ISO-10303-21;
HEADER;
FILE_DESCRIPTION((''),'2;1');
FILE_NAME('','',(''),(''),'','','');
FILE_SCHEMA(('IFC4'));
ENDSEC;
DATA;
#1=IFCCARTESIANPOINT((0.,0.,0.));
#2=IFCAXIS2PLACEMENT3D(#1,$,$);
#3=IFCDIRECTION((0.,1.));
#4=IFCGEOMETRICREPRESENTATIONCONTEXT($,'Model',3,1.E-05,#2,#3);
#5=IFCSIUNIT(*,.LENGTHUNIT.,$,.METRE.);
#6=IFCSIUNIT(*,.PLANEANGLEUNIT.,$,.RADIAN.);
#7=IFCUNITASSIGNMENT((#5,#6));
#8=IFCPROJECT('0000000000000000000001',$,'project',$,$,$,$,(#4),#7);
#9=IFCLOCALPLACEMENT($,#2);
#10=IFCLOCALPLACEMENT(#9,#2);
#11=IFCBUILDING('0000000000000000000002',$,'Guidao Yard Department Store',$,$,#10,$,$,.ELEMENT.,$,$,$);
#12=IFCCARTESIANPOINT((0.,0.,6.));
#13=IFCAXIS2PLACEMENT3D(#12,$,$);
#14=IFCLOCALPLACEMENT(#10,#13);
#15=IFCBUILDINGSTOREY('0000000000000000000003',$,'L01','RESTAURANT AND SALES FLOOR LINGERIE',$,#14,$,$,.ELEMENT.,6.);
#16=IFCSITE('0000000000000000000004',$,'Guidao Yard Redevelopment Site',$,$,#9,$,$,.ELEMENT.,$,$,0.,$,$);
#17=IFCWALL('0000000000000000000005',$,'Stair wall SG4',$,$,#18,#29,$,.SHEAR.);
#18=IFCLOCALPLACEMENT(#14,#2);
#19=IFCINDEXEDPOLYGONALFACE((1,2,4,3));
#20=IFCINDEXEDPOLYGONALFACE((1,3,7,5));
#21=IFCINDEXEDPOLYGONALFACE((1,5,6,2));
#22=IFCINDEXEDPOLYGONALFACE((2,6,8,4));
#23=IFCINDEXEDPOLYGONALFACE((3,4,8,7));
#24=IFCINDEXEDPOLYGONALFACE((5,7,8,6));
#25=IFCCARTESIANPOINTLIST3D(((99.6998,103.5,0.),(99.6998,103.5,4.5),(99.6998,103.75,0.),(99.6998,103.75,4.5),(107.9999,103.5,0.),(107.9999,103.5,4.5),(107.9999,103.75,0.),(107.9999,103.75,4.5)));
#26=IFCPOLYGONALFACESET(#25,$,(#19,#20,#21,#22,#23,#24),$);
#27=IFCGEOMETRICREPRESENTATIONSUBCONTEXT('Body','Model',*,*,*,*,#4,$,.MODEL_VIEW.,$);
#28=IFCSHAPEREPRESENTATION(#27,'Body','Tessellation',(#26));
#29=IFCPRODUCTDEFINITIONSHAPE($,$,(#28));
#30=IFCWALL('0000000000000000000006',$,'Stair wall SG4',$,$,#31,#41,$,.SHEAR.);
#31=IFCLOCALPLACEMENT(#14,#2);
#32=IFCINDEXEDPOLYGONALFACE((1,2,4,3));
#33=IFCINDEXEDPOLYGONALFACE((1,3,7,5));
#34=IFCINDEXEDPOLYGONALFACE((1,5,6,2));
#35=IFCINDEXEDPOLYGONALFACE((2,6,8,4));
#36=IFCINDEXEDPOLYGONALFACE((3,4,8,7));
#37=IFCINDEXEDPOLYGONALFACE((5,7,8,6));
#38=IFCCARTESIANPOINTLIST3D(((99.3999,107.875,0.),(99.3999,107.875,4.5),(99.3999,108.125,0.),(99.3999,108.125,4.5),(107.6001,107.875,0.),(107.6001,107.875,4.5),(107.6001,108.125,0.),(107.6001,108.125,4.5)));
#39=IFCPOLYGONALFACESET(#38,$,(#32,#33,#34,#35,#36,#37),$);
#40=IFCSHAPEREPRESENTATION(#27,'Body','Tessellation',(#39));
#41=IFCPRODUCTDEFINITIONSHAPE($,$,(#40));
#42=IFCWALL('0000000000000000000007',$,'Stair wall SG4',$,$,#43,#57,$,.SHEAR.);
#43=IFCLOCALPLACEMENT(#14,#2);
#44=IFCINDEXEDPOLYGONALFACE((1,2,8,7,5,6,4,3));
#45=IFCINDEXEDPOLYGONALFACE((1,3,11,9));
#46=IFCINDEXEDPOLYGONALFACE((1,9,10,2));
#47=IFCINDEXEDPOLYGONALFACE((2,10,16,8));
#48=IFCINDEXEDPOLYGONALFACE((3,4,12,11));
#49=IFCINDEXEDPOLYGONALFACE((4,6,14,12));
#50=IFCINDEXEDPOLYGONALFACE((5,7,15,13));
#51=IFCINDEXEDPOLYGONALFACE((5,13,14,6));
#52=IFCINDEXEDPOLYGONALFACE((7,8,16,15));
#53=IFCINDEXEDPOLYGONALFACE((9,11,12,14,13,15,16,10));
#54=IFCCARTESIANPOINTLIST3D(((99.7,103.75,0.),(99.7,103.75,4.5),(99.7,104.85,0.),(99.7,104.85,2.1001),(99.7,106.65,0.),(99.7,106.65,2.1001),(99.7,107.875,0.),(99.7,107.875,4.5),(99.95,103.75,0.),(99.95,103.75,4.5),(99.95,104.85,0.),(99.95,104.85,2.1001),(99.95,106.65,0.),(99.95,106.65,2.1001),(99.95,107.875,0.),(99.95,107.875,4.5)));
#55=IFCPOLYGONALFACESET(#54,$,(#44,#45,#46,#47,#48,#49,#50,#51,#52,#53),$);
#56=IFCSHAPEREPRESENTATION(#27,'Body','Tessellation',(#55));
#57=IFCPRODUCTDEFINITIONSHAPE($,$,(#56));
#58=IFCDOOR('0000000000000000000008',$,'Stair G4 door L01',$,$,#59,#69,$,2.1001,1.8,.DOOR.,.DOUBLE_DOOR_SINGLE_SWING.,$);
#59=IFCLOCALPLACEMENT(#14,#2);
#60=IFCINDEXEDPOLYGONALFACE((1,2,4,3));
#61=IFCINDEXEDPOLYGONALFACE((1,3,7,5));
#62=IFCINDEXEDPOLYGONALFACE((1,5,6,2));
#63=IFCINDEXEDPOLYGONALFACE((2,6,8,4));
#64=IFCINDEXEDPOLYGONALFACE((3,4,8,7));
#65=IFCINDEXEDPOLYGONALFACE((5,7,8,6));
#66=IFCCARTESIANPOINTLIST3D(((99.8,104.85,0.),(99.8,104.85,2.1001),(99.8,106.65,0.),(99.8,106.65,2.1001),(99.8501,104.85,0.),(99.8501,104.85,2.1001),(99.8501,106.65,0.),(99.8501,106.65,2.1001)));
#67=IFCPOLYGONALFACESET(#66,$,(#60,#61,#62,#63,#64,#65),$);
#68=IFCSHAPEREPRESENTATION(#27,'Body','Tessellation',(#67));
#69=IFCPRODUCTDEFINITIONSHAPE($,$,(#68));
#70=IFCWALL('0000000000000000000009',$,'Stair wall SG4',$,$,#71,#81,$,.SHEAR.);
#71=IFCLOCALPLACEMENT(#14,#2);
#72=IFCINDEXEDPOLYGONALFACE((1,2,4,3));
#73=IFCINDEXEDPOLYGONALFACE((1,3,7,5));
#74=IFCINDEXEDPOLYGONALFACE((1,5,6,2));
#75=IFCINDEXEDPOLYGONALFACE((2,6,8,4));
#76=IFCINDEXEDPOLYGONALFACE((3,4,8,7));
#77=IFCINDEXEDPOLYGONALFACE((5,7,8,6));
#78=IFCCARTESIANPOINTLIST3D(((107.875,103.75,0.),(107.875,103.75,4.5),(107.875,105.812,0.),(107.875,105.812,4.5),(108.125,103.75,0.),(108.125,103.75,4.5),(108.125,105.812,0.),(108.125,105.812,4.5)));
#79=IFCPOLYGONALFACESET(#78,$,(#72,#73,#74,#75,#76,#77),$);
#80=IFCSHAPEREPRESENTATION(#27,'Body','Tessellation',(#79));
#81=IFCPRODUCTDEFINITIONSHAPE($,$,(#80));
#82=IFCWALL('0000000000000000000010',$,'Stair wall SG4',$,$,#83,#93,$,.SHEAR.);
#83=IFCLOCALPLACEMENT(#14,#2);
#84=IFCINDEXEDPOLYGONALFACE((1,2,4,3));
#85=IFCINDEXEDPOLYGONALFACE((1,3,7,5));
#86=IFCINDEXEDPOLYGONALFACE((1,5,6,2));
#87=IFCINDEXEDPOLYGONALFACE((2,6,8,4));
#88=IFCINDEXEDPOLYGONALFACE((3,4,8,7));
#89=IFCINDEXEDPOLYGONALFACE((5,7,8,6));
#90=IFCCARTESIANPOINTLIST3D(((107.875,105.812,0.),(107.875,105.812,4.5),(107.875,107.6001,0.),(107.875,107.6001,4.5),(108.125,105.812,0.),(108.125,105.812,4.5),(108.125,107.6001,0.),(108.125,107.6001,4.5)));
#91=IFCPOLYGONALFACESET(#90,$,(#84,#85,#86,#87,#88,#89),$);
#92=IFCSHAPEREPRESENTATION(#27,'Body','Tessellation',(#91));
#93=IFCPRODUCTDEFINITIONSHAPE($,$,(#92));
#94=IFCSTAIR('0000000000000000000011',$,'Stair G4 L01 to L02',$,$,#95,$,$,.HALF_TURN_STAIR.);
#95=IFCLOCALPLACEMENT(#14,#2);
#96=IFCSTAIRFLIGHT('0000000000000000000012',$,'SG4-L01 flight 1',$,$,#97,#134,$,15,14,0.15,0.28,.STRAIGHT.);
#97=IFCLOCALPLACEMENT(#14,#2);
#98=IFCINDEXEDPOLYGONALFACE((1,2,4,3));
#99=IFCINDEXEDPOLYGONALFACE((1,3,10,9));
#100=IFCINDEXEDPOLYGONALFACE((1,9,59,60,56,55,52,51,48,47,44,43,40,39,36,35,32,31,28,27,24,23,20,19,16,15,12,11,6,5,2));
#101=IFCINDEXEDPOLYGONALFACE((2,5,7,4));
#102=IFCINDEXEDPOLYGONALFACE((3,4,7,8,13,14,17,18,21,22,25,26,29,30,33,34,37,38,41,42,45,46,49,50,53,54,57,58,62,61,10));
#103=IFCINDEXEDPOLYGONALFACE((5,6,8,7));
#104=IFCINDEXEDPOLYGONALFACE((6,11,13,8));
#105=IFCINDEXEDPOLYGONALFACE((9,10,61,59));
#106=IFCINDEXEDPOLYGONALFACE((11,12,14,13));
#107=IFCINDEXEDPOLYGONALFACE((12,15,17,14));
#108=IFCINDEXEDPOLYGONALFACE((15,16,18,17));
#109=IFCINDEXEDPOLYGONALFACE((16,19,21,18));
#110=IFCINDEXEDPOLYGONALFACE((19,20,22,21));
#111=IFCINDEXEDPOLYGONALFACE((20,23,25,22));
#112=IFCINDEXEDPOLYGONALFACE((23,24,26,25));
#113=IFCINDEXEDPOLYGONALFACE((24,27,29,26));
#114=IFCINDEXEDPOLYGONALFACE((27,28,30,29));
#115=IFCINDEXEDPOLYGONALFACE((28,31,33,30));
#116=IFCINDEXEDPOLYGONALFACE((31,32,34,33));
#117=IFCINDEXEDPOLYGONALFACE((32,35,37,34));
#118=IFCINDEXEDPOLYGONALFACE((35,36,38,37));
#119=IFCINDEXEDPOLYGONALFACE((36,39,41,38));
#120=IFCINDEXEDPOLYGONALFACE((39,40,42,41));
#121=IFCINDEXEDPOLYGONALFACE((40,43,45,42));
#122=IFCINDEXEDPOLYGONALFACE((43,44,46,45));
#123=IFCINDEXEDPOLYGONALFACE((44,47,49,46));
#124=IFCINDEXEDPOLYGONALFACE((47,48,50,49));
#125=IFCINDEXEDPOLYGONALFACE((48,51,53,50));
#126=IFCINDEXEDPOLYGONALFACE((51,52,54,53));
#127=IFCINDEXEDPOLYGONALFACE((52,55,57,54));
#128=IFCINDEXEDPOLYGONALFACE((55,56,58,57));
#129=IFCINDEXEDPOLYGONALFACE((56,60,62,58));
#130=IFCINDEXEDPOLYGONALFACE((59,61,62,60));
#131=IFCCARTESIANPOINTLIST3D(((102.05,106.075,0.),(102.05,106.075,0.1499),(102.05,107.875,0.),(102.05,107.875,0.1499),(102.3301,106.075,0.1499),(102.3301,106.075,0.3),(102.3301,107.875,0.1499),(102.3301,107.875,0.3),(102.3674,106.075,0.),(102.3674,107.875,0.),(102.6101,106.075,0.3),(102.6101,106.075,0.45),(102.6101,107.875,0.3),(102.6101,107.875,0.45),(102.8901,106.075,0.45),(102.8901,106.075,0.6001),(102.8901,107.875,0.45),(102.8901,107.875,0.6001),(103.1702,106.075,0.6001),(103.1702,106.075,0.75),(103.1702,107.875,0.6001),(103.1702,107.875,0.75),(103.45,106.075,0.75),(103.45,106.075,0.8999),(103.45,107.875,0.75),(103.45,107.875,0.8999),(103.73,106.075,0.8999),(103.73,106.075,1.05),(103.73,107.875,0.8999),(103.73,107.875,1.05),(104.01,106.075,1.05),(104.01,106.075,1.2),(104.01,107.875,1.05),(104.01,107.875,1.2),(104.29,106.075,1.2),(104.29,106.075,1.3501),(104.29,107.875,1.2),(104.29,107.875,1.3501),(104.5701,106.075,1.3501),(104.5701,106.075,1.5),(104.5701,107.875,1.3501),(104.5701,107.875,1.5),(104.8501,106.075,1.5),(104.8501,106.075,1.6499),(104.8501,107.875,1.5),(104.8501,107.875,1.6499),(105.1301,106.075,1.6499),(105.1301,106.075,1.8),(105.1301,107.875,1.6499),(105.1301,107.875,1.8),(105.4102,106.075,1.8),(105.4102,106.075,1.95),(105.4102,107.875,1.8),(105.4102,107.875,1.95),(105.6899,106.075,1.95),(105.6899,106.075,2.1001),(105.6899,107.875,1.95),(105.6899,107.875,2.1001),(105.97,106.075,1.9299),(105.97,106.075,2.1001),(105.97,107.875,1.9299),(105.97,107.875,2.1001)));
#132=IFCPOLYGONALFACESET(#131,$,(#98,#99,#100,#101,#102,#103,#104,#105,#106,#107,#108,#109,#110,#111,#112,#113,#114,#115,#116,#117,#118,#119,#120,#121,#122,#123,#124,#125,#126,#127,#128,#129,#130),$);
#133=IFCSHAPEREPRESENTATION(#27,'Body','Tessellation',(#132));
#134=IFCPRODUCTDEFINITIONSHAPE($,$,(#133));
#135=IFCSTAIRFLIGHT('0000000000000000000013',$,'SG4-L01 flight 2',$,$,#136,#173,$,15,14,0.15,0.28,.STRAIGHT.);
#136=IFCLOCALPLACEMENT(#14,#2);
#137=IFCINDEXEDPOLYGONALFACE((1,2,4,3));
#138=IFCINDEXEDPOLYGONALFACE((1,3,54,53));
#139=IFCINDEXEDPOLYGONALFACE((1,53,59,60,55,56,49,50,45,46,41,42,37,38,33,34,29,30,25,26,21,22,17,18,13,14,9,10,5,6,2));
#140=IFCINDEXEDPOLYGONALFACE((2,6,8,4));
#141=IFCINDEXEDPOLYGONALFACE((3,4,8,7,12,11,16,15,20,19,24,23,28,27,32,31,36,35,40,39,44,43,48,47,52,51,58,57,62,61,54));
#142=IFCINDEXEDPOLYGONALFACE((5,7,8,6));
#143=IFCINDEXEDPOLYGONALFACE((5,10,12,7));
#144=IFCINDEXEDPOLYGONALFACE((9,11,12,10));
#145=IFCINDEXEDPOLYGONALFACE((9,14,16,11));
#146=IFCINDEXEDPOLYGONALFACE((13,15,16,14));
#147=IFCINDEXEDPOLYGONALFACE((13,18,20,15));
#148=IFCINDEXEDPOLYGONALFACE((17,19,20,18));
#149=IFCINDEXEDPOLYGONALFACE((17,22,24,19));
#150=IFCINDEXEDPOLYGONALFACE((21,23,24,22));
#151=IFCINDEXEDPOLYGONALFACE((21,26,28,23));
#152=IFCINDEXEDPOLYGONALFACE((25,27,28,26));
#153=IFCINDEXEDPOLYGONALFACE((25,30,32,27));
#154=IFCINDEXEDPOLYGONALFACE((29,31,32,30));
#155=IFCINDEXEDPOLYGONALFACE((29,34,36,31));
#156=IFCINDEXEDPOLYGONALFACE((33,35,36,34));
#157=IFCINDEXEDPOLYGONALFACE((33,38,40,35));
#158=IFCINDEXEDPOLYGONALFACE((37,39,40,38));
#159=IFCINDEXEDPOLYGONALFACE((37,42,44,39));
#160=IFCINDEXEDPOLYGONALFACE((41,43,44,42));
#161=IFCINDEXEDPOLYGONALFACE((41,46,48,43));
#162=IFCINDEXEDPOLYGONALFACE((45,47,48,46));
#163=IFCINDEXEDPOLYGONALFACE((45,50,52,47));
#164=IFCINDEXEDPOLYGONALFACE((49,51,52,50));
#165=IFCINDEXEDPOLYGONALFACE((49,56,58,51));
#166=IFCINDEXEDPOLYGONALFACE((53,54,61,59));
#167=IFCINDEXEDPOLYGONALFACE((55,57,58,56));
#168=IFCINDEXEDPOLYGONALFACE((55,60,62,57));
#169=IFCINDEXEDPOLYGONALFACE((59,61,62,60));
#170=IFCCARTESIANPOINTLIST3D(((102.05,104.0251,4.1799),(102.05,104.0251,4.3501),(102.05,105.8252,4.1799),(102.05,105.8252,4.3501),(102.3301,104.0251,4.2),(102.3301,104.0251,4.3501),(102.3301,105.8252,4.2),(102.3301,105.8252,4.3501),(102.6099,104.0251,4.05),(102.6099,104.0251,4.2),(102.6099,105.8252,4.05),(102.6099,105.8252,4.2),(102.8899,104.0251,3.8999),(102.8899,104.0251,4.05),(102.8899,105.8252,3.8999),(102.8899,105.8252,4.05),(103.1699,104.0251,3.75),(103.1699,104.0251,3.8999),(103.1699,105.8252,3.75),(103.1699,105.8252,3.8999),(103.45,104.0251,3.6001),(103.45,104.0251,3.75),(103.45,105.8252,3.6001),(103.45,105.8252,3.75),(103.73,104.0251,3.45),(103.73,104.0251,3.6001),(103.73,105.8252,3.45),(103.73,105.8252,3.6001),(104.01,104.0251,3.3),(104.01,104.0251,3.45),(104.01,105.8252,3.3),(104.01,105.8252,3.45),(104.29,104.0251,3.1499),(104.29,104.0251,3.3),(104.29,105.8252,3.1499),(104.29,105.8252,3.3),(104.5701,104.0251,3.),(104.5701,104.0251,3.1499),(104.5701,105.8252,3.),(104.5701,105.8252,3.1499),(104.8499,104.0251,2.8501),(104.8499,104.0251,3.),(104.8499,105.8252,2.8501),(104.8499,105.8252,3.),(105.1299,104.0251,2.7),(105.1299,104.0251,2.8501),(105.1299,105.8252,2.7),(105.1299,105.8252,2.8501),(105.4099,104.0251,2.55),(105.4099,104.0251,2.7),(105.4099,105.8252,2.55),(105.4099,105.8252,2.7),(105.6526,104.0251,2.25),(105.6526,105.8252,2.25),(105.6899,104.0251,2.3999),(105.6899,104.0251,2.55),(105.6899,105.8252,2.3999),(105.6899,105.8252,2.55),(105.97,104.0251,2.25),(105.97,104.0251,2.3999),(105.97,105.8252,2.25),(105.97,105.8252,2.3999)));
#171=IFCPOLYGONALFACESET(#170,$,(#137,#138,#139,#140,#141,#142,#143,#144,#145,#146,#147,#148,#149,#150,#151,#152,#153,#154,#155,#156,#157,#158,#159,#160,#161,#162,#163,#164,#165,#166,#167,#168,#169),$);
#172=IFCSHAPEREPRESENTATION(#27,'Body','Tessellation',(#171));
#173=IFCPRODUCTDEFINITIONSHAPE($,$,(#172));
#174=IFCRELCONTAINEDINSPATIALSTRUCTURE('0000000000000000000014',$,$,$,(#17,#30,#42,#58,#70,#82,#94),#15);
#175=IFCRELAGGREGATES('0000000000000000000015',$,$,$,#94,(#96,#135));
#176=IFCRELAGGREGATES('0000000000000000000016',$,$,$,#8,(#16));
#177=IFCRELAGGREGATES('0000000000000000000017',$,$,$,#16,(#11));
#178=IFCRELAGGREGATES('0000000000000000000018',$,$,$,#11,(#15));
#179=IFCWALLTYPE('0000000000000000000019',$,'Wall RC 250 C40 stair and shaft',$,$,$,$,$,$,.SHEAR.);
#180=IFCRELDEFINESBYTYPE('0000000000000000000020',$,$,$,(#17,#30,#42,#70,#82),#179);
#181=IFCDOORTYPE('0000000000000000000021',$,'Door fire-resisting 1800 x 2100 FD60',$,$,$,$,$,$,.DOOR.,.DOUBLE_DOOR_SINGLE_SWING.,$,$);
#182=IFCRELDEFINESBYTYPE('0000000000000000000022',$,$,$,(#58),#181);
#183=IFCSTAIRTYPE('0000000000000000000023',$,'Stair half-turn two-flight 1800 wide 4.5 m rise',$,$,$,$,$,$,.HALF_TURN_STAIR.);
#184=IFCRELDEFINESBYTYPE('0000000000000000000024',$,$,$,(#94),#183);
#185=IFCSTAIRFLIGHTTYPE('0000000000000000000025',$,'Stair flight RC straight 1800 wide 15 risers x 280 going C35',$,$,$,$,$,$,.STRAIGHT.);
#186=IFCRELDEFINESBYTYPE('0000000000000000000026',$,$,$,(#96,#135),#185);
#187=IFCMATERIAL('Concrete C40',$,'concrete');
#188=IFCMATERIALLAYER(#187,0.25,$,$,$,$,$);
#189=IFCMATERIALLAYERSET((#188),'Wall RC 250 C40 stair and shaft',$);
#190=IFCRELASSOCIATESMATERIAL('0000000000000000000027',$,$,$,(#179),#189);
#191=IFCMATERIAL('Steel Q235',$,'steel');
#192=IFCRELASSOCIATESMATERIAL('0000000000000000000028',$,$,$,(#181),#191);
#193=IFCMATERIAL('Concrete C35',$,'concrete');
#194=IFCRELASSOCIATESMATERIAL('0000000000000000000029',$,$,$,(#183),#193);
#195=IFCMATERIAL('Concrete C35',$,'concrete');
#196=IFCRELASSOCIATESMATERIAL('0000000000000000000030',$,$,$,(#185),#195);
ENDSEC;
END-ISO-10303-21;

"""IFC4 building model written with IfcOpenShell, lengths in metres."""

from ifc_helpers import new_model, si_unit, direction, frame, frame_2d, origin, place, context, subcontext, project, spatial, polyline, rectangle, outline, extrude, material, layer, layer_set, type_object, element, fill, aggregate, save


model = new_model("IFC4")

# Units and contexts
model_context = context("Model", 3, precision=1e-05, world=origin(), true_north=direction((0.0, 1.0)))
body_context = subcontext(model_context, "Body", "Model", "MODEL_VIEW")
ifc_project = project(units=[si_unit("LENGTHUNIT", "METRE"), si_unit("PLANEANGLEUNIT", "RADIAN")], contexts=[model_context])

# Site, building, storey
site_placement = place(None, origin())
site = spatial("IfcSite", under=ifc_project, at=site_placement, Name="Guidao Yard Redevelopment Site", CompositionType="ELEMENT", RefElevation=0.0)
building_placement = place(site_placement, origin())
building = spatial("IfcBuilding", under=site, at=building_placement, Name="Guidao Yard Department Store", CompositionType="ELEMENT")
storey_placement = place(building_placement, frame((0.0, 0.0, 6.0)))
storey = spatial("IfcBuildingStorey", under=building, at=storey_placement, Name="L01", Description="RESTAURANT AND SALES FLOOR LINGERIE", CompositionType="ELEMENT", Elevation=6.0)

# Walls
ifc_material_1 = material(Name="Concrete C40", Category="concrete")
ifc_layer_1 = layer(ifc_material_1, 0.25)
ifc_layer_set_1 = layer_set([ifc_layer_1], Name="Wall RC 250 C40 stair and shaft")
wall_type = type_object("IfcWallType", Name="Wall RC 250 C40 stair and shaft", PredefinedType="SHEAR", material=ifc_layer_set_1)
wall_1_placement = place(storey_placement, frame((99.7, 103.625, 0.0), z_axis=(0.0, 0.0, 1.0), x_axis=(1.0, 0.0, 0.0)))
element("IfcWall", 1, at=wall_1_placement, inside=storey, type_object=wall_type, Name="Stair wall SG4", PredefinedType="SHEAR", context=body_context, shape_type="SweptSolid", body=[
    extrude(rectangle(XDim=8.3, YDim=0.25, at=frame_2d((4.1499, 0.0))), origin(), (0.0, 0.0, 1.0), 4.5),
])
wall_2_placement = place(storey_placement, frame((99.3999, 108.0, 0.0), z_axis=(0.0, 0.0, 1.0), x_axis=(1.0, 0.0, 0.0)))
element("IfcWall", 2, at=wall_2_placement, inside=storey, type_object=wall_type, Name="Stair wall SG4", PredefinedType="SHEAR", context=body_context, shape_type="SweptSolid", body=[
    extrude(rectangle(XDim=8.2002, YDim=0.25, at=frame_2d((4.1001, 0.0))), origin(), (0.0, 0.0, 1.0), 4.5),
])

# Wall, opening, door
wall_3_placement = place(storey_placement, frame((99.825, 103.75, 0.0), z_axis=(0.0, 0.0, 1.0), x_axis=(0.0, 1.0, 0.0)))
wall_3 = element("IfcWall", 3, at=wall_3_placement, inside=storey, type_object=wall_type, Name="Stair wall SG4", PredefinedType="SHEAR", context=body_context, shape_type="SweptSolid", body=[
    extrude(rectangle(XDim=4.125, YDim=0.25, at=frame_2d((2.0625, 0.0))), origin(), (0.0, 0.0, 1.0), 4.5),
])
opening_placement = place(wall_3_placement, frame((1.1001, 0.0, 0.0)))
opening = element("IfcOpeningElement", 4, at=opening_placement, cuts=wall_3, PredefinedType="OPENING", context=body_context, shape_type="SweptSolid", body=[
    extrude(rectangle(XDim=1.8, YDim=2.1001, at=frame_2d((0.8999, 1.05))), frame((0.0, 0.135, 0.0), z_axis=(0.0, -1.0, 0.0), x_axis=(1.0, 0.0, 0.0)), (0.0, 0.0, 1.0), 0.27),
])
ifc_material_2 = material(Name="Steel Q235", Category="steel")
door_type = type_object("IfcDoorType", Name="Door fire-resisting 1800 x 2100 FD60", OperationType="DOUBLE_DOOR_SINGLE_SWING", PredefinedType="DOOR", material=ifc_material_2)
door_placement = place(opening_placement, origin())
door = element("IfcDoor", 5, at=door_placement, inside=storey, type_object=door_type, Name="Stair G4 door L01", OperationType="DOUBLE_DOOR_SINGLE_SWING", OverallHeight=2.1001, OverallWidth=1.8, PredefinedType="DOOR", context=body_context, shape_type="SweptSolid", body=[
    extrude(rectangle(XDim=1.8, YDim=2.1001, at=frame_2d((0.8999, 1.05))), frame((0.0, 0.0249, 0.0), z_axis=(0.0, -1.0, 0.0), x_axis=(1.0, 0.0, 0.0)), (0.0, 0.0, 1.0), 0.05),
])
fill(opening, door)

# Walls
wall_4_placement = place(storey_placement, frame((108.0, 103.75, 0.0), z_axis=(0.0, 0.0, 1.0), x_axis=(0.0, 1.0, 0.0)))
element("IfcWall", 6, at=wall_4_placement, inside=storey, type_object=wall_type, Name="Stair wall SG4", PredefinedType="SHEAR", context=body_context, shape_type="SweptSolid", body=[
    extrude(rectangle(XDim=2.062, YDim=0.25, at=frame_2d((1.031, 0.0))), origin(), (0.0, 0.0, 1.0), 4.5),
])
wall_5_placement = place(storey_placement, frame((108.0, 105.812, 0.0), z_axis=(0.0, 0.0, 1.0), x_axis=(0.0, 1.0, 0.0)))
element("IfcWall", 7, at=wall_5_placement, inside=storey, type_object=wall_type, Name="Stair wall SG4", PredefinedType="SHEAR", context=body_context, shape_type="SweptSolid", body=[
    extrude(rectangle(XDim=1.7881, YDim=0.25, at=frame_2d((0.894, 0.0))), origin(), (0.0, 0.0, 1.0), 4.5),
])

# Stair, stair flights
ifc_material_3 = material(Name="Concrete C35", Category="concrete")
stair_type = type_object("IfcStairType", Name="Stair half-turn two-flight 1800 wide 4.5 m rise", PredefinedType="HALF_TURN_STAIR", material=ifc_material_3)
stair_placement = place(storey_placement, origin())
stair = element("IfcStair", 8, at=stair_placement, inside=storey, type_object=stair_type, Name="Stair G4 L01 to L02", PredefinedType="HALF_TURN_STAIR")
ifc_material_4 = material(Name="Concrete C35", Category="concrete")
stair_flight_type = type_object("IfcStairFlightType", Name="Stair flight RC straight 1800 wide 15 risers x 280 going C35", PredefinedType="STRAIGHT", material=ifc_material_4)
stair_flight_1_placement = place(storey_placement, frame((102.05, 106.9751, 0.0), z_axis=(0.0, 0.0, 1.0), x_axis=(1.0, 0.0, 0.0)))
stair_flight_1 = element("IfcStairFlight", 9, at=stair_flight_1_placement, type_object=stair_flight_type, Name="SG4-L01 flight 1", NumberOfRisers=15, NumberOfTreads=14, PredefinedType="STRAIGHT", RiserHeight=0.15, TreadLength=0.28, context=body_context, shape_type="SweptSolid", body=[
    extrude(outline(polyline([(0.0, 0.0), (0.0, 0.1499), (0.28, 0.1499), (0.28, 0.3), (0.5601, 0.3), (0.5601, 0.45), (0.8401, 0.45), (0.8401, 0.6001), (1.1201, 0.6001), (1.1201, 0.75), (1.3999, 0.75), (1.3999, 0.8999), (1.6799, 0.8999), (1.6799, 1.05), (1.96, 1.05), (1.96, 1.2), (2.24, 1.2), (2.24, 1.3501), (2.52, 1.3501), (2.52, 1.5), (2.8, 1.5), (2.8, 1.6499), (3.0801, 1.6499), (3.0801, 1.8), (3.3601, 1.8), (3.3601, 1.95), (3.6399, 1.95), (3.6399, 2.1001), (3.9199, 2.1001), (3.9199, 2.25), (3.9199, 1.9299), (0.3174, 0.0), (0.0, 0.0)])), frame((0.0, 0.8999, 0.0), z_axis=(0.0, -1.0, 0.0), x_axis=(1.0, 0.0, 0.0)), (0.0, 0.0, 1.0), 1.8),
])
stair_flight_2_placement = place(storey_placement, frame((105.97, 104.925, 2.25), z_axis=(0.0, 0.0, 1.0), x_axis=(-1.0, 0.0, 0.0)))
stair_flight_2 = element("IfcStairFlight", 10, at=stair_flight_2_placement, type_object=stair_flight_type, Name="SG4-L01 flight 2", NumberOfRisers=15, NumberOfTreads=14, PredefinedType="STRAIGHT", RiserHeight=0.15, TreadLength=0.28, context=body_context, shape_type="SweptSolid", body=[
    extrude(outline(polyline([(0.0, 0.0), (0.0, 0.1499), (0.28, 0.1499), (0.28, 0.3), (0.5601, 0.3), (0.5601, 0.45), (0.8401, 0.45), (0.8401, 0.6001), (1.1201, 0.6001), (1.1201, 0.75), (1.3999, 0.75), (1.3999, 0.8999), (1.6799, 0.8999), (1.6799, 1.05), (1.96, 1.05), (1.96, 1.2), (2.24, 1.2), (2.24, 1.3501), (2.52, 1.3501), (2.52, 1.5), (2.8, 1.5), (2.8, 1.6499), (3.0801, 1.6499), (3.0801, 1.8), (3.3601, 1.8), (3.3601, 1.95), (3.6399, 1.95), (3.6399, 2.1001), (3.9199, 2.1001), (3.9199, 2.25), (3.9199, 1.9299), (0.3174, 0.0), (0.0, 0.0)])), frame((0.0, 0.8999, 0.0), z_axis=(0.0, -1.0, 0.0), x_axis=(1.0, 0.0, 0.0)), (0.0, 0.0, 1.0), 1.8),
])
aggregate(stair, [stair_flight_1, stair_flight_2])

save(model, "model.ifc")
